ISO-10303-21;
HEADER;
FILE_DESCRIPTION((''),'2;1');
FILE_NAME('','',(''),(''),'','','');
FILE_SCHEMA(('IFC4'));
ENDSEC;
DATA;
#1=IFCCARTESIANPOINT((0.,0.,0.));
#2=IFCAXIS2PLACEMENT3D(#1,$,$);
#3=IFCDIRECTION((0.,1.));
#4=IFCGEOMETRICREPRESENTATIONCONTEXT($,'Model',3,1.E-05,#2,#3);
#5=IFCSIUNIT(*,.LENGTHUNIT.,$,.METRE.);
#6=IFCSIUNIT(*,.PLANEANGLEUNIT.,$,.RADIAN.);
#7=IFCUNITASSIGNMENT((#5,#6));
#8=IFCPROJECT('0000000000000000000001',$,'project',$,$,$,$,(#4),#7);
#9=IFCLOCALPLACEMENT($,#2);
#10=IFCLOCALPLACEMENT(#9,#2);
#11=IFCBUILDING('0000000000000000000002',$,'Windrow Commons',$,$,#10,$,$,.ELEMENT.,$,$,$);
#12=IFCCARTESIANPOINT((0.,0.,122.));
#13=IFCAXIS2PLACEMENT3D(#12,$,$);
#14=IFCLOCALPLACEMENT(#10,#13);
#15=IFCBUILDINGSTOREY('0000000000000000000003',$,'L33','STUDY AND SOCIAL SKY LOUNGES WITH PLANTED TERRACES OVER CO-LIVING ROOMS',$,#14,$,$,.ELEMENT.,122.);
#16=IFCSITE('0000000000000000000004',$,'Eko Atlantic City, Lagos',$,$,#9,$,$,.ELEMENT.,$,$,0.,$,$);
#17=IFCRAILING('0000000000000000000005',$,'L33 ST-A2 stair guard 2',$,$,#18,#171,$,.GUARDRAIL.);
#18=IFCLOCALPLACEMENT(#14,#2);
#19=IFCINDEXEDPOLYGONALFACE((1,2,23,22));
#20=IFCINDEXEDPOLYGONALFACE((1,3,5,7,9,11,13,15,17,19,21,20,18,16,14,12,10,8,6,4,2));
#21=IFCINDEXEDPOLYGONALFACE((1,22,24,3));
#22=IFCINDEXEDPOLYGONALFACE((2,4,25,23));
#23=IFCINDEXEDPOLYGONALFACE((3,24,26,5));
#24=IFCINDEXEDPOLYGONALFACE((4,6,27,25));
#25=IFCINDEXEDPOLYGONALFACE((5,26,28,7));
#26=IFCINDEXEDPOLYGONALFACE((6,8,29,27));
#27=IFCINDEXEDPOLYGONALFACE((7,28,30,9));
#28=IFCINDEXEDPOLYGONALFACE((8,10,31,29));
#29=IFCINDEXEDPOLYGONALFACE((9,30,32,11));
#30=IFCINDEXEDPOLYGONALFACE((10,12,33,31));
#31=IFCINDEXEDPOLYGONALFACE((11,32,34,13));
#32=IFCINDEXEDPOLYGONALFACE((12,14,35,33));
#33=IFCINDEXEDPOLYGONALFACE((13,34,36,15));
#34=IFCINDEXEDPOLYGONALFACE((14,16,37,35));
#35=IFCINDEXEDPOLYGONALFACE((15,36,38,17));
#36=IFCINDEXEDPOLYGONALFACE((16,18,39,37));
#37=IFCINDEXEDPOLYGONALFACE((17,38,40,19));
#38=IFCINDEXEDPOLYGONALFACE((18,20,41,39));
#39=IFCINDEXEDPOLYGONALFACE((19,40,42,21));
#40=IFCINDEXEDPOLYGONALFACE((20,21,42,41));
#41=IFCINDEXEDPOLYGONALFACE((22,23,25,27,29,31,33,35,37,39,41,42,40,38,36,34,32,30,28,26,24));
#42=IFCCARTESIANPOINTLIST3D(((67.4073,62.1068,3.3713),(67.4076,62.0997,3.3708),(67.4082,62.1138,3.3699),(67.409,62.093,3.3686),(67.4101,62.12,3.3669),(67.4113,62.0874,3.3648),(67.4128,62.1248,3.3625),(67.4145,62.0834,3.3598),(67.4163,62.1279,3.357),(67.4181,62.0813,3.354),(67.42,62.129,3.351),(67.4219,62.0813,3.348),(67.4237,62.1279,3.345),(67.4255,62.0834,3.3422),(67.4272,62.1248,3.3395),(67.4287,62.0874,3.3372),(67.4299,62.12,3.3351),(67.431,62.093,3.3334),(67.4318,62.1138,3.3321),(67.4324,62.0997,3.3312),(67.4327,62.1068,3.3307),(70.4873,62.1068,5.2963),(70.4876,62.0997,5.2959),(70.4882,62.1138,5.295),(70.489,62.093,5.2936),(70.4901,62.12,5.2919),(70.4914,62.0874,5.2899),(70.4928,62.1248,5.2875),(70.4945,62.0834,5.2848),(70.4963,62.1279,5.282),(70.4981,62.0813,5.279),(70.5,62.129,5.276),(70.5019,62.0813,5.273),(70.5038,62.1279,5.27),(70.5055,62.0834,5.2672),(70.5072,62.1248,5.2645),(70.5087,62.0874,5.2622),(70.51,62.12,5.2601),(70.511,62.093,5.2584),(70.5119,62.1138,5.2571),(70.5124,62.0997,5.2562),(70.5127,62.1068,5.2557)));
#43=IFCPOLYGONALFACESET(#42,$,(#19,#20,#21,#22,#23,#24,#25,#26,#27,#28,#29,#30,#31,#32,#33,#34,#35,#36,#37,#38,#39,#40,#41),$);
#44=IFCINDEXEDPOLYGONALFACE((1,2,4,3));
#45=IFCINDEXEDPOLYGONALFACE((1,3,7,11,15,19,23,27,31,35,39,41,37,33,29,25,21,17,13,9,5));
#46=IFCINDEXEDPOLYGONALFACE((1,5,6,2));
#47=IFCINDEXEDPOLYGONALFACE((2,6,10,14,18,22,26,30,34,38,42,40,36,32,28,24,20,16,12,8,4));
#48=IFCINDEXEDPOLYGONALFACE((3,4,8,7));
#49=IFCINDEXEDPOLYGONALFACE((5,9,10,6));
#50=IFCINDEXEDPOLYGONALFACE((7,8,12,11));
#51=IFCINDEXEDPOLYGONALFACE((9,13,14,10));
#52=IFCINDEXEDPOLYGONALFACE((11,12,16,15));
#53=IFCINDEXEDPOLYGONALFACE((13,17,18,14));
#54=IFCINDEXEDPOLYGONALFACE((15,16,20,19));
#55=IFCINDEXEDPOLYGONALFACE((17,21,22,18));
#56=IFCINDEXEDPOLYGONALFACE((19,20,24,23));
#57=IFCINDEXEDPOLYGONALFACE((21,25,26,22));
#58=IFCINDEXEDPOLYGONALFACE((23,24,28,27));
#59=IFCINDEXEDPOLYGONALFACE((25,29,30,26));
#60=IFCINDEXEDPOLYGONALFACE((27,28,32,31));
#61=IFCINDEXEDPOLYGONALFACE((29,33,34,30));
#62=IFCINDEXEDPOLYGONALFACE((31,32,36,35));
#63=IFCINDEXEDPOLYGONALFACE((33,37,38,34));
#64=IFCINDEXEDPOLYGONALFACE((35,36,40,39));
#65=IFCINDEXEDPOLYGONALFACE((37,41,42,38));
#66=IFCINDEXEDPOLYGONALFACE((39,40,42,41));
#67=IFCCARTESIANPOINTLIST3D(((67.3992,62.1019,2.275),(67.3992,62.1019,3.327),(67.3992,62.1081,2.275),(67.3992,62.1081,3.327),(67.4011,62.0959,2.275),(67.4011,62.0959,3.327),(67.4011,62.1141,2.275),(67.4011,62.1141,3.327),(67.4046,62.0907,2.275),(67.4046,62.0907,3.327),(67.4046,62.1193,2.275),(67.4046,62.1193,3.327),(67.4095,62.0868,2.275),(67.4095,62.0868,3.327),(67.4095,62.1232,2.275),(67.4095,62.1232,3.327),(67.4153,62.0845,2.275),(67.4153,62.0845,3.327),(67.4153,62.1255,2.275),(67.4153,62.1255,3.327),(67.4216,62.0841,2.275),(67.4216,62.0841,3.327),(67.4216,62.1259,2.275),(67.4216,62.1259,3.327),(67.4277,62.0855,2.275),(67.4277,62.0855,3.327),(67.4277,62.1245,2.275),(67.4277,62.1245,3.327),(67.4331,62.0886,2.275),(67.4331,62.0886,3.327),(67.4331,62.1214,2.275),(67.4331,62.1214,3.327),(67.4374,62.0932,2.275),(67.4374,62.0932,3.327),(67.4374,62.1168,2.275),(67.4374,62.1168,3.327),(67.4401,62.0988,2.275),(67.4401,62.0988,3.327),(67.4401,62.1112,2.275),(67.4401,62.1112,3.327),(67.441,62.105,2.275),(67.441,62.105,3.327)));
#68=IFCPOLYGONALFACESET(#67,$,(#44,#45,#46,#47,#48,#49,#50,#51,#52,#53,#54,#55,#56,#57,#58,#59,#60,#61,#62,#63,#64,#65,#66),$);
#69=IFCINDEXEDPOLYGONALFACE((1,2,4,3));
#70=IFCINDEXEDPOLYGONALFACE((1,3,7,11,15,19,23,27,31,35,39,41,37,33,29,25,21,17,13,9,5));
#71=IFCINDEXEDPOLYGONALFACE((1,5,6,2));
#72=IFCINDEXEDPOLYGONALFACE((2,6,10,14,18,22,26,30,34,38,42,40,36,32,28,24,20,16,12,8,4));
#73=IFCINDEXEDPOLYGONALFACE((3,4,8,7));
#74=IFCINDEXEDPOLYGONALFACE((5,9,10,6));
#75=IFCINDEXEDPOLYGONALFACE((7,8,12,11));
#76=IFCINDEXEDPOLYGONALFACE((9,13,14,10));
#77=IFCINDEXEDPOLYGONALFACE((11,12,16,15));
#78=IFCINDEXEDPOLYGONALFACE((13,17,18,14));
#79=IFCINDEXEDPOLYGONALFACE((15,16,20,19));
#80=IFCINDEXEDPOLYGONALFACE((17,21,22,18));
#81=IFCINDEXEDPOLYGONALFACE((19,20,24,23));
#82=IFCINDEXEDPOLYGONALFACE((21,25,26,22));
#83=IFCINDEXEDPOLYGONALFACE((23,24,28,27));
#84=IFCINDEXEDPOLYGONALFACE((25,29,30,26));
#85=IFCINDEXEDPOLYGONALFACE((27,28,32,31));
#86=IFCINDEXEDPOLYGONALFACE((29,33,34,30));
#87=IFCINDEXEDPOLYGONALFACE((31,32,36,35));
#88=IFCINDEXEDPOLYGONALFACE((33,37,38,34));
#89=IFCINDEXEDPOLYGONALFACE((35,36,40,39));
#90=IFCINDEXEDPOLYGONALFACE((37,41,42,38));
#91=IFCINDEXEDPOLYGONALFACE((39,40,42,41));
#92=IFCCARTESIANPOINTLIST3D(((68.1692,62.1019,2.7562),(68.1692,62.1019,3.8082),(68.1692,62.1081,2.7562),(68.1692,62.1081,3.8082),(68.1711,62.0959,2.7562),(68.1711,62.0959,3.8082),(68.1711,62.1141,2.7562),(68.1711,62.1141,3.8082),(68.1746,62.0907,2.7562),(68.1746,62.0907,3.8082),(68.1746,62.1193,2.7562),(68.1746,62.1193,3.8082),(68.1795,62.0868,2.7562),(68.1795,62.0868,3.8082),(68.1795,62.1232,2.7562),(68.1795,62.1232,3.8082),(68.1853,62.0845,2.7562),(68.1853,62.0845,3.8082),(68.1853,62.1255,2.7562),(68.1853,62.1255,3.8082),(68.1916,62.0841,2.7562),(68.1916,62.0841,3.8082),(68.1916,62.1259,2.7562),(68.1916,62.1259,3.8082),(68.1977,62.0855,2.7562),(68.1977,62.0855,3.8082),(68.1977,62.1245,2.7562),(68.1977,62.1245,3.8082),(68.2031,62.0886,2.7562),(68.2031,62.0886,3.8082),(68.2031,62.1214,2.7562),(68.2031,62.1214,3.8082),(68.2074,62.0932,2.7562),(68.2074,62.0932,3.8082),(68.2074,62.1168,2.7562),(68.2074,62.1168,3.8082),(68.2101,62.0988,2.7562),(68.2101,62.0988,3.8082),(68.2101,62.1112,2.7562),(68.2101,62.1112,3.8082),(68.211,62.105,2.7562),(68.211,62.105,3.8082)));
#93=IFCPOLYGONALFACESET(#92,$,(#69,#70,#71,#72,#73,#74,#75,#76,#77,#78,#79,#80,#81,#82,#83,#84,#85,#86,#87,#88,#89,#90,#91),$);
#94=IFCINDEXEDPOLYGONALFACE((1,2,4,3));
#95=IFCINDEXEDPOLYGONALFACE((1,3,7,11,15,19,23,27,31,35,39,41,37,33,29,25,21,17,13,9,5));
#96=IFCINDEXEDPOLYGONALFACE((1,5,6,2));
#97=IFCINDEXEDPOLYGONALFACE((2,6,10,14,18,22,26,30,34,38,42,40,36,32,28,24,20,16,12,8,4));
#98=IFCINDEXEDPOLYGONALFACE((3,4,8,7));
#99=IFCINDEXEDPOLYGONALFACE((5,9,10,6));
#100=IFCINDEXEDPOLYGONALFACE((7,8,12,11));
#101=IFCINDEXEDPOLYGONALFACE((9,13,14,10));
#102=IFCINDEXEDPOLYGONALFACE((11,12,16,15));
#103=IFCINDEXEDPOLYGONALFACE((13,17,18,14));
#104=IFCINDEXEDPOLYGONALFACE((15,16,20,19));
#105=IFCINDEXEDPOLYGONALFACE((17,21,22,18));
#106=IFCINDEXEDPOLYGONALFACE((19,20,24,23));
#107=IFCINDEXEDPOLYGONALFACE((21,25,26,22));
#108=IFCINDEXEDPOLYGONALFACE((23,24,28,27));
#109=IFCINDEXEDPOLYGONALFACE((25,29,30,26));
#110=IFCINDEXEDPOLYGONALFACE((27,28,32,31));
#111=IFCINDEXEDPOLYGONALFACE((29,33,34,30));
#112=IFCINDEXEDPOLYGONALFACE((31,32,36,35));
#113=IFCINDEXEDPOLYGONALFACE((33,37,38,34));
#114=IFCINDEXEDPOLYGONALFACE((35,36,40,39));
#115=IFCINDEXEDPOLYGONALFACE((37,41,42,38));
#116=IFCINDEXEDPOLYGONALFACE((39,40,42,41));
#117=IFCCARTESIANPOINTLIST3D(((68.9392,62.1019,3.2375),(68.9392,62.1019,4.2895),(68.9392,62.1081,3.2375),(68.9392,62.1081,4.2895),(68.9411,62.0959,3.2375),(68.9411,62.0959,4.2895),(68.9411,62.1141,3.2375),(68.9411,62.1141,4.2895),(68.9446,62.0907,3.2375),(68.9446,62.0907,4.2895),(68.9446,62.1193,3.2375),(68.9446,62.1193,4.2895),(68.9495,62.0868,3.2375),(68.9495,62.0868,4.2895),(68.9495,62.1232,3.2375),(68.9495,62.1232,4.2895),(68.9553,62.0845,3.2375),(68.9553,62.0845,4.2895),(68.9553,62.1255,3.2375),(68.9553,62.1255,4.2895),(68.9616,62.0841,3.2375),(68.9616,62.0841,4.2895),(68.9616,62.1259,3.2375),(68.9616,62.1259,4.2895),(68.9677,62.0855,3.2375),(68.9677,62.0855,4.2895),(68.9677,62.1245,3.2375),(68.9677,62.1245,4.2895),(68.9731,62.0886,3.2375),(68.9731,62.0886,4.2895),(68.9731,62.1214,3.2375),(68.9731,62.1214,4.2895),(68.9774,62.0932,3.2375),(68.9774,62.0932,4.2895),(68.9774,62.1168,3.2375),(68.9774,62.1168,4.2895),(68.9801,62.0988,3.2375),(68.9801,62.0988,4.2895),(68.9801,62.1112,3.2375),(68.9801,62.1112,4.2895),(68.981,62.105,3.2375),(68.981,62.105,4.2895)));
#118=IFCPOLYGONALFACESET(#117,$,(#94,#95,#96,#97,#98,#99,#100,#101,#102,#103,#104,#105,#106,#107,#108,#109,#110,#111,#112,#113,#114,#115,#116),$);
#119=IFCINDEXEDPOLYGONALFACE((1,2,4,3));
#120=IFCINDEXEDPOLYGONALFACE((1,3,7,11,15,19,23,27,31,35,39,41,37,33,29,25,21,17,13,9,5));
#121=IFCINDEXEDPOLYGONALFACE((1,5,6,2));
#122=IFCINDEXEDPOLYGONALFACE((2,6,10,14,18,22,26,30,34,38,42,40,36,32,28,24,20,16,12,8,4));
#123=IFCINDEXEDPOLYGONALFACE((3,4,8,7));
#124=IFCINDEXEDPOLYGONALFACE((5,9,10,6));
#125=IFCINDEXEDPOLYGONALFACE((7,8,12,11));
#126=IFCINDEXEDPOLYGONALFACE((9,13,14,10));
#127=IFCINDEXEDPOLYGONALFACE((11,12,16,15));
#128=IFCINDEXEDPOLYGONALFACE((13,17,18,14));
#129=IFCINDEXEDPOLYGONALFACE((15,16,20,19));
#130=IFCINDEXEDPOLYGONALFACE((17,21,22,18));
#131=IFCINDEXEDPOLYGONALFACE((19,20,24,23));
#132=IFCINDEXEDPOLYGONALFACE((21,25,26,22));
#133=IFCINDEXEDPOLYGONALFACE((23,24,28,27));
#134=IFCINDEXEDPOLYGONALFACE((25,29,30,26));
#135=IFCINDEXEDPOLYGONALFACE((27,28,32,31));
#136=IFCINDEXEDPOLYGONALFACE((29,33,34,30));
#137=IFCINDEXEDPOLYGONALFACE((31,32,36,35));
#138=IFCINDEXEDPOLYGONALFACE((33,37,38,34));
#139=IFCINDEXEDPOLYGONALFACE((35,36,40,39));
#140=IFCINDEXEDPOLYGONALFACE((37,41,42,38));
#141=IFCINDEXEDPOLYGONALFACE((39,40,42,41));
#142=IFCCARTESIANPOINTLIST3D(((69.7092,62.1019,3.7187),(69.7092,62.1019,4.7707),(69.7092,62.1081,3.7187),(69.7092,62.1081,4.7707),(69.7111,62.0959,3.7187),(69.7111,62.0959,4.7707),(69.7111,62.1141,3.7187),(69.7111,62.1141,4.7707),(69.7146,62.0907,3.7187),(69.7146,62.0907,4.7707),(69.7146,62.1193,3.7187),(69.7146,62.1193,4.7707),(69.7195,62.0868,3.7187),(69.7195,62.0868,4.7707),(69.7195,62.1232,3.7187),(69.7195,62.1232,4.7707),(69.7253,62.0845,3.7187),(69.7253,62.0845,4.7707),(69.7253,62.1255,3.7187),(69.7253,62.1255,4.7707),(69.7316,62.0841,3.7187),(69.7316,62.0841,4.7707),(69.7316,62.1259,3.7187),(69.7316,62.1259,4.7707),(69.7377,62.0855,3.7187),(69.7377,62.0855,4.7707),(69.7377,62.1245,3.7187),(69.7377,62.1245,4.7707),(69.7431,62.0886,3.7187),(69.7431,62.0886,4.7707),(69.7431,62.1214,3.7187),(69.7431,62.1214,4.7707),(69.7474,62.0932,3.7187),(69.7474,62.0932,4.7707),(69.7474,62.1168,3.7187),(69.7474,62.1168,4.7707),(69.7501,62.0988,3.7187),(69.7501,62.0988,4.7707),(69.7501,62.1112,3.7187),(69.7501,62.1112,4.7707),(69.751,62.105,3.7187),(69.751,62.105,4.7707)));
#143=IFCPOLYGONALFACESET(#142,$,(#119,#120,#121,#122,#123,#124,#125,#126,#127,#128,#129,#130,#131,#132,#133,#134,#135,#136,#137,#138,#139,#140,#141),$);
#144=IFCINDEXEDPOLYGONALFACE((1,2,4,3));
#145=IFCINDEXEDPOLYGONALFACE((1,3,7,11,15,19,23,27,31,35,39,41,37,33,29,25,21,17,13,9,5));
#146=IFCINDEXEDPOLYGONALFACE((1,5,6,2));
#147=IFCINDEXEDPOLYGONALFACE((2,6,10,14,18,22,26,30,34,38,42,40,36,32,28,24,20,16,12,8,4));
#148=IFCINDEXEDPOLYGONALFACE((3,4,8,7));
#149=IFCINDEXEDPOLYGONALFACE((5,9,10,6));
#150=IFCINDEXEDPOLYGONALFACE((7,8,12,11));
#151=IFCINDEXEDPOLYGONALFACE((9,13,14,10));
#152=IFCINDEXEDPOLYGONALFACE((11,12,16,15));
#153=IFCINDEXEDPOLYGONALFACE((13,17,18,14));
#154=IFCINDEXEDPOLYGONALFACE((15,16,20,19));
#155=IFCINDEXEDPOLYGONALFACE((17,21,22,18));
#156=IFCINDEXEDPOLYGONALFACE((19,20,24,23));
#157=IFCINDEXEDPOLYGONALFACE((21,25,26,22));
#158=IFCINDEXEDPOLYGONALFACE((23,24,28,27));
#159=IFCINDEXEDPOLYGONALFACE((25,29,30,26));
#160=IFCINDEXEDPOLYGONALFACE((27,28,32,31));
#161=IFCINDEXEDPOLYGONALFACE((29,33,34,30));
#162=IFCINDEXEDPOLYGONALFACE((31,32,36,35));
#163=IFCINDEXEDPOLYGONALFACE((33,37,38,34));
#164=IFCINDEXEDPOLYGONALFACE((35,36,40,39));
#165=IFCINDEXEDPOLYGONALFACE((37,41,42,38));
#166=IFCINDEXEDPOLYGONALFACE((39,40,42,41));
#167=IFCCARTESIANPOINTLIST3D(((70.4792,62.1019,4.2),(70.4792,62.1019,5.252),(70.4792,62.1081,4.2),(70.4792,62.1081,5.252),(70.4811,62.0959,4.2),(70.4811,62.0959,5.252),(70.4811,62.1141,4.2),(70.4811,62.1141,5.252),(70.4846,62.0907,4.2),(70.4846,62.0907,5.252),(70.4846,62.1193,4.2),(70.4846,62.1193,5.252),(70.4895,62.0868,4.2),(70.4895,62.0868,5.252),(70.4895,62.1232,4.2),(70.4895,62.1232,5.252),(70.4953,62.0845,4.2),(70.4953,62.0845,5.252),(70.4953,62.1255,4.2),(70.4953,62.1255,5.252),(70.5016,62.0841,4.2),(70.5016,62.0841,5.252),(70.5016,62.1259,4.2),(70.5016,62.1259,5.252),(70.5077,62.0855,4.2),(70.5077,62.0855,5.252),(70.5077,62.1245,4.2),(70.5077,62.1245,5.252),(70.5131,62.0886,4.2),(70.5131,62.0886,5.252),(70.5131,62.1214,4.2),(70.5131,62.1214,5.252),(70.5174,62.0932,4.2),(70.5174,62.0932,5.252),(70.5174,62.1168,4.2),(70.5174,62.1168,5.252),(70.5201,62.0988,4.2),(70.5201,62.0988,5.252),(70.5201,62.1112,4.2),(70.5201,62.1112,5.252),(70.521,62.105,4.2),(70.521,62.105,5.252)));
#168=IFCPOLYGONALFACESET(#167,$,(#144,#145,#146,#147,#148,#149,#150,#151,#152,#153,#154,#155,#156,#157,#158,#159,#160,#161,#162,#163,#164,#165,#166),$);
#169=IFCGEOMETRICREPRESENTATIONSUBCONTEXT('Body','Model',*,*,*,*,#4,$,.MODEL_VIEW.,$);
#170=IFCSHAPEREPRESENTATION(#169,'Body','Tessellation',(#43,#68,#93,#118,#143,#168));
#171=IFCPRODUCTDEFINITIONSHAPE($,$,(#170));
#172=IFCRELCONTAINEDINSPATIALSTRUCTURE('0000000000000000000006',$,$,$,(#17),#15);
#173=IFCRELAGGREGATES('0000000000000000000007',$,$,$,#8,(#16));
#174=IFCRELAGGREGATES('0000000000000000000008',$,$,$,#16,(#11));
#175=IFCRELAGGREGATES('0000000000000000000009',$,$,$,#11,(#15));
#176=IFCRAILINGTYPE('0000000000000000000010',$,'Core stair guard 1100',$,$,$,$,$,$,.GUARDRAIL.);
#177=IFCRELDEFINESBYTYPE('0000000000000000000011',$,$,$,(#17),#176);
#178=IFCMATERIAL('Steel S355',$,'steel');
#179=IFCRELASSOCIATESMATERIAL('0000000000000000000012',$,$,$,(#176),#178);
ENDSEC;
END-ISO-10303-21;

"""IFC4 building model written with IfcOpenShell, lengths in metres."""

from ifc_helpers import new_model, si_unit, direction, frame, origin, origin_2d, place, context, subcontext, project, spatial, circle, extrude, material, type_object, element, save


model = new_model("IFC4")

# Units and contexts
model_context = context("Model", 3, precision=1e-05, world=origin(), true_north=direction((0.0, 1.0)))
body_context = subcontext(model_context, "Body", "Model", "MODEL_VIEW")
ifc_project = project(units=[si_unit("LENGTHUNIT", "METRE"), si_unit("PLANEANGLEUNIT", "RADIAN")], contexts=[model_context])

# Site, building, storey
site_placement = place(None, origin())
site = spatial("IfcSite", under=ifc_project, at=site_placement, Name="Eko Atlantic City, Lagos", CompositionType="ELEMENT", RefElevation=0.0)
building_placement = place(site_placement, origin())
building = spatial("IfcBuilding", under=site, at=building_placement, Name="Windrow Commons", CompositionType="ELEMENT")
storey_placement = place(building_placement, frame((0.0, 0.0, 122.0)))
storey = spatial("IfcBuildingStorey", under=building, at=storey_placement, Name="L33", Description="STUDY AND SOCIAL SKY LOUNGES WITH PLANTED TERRACES OVER CO-LIVING ROOMS", CompositionType="ELEMENT", Elevation=122.0)

# Railing
ifc_material_1 = material(Name="Steel S355", Category="steel")
railing_type_1 = type_object("IfcRailingType", Name="Core stair guard 1100", PredefinedType="GUARDRAIL", material=ifc_material_1)
railing_1_placement = place(storey_placement, frame((67.42, 62.105, 2.275)))
element("IfcRailing", 1, at=railing_1_placement, inside=storey, type_object=railing_type_1, Name="L33 ST-A2 stair guard 2", PredefinedType="GUARDRAIL", context=body_context, shape_type="SweptSolid", body=[
    extrude(circle(Radius=0.024, at=origin_2d()), frame((0.0, 0.0, 1.076), z_axis=(0.847998, 0.0, 0.529999), x_axis=(0.0, 1.0, 0.0)), (0.0, 0.0, 1.0), 3.6321),
    extrude(circle(Radius=0.021, at=origin_2d()), origin(), (0.0, 0.0, 1.0), 1.052),
    extrude(circle(Radius=0.021, at=origin_2d()), frame((0.77, 0.0, 0.4812)), (0.0, 0.0, 1.0), 1.052),
    extrude(circle(Radius=0.021, at=origin_2d()), frame((1.54, 0.0, 0.9625)), (0.0, 0.0, 1.0), 1.052),
    extrude(circle(Radius=0.021, at=origin_2d()), frame((2.31, 0.0, 1.4437)), (0.0, 0.0, 1.0), 1.052),
    extrude(circle(Radius=0.021, at=origin_2d()), frame((3.08, 0.0, 1.925)), (0.0, 0.0, 1.0), 1.052),
])

save(model, "model.ifc")
